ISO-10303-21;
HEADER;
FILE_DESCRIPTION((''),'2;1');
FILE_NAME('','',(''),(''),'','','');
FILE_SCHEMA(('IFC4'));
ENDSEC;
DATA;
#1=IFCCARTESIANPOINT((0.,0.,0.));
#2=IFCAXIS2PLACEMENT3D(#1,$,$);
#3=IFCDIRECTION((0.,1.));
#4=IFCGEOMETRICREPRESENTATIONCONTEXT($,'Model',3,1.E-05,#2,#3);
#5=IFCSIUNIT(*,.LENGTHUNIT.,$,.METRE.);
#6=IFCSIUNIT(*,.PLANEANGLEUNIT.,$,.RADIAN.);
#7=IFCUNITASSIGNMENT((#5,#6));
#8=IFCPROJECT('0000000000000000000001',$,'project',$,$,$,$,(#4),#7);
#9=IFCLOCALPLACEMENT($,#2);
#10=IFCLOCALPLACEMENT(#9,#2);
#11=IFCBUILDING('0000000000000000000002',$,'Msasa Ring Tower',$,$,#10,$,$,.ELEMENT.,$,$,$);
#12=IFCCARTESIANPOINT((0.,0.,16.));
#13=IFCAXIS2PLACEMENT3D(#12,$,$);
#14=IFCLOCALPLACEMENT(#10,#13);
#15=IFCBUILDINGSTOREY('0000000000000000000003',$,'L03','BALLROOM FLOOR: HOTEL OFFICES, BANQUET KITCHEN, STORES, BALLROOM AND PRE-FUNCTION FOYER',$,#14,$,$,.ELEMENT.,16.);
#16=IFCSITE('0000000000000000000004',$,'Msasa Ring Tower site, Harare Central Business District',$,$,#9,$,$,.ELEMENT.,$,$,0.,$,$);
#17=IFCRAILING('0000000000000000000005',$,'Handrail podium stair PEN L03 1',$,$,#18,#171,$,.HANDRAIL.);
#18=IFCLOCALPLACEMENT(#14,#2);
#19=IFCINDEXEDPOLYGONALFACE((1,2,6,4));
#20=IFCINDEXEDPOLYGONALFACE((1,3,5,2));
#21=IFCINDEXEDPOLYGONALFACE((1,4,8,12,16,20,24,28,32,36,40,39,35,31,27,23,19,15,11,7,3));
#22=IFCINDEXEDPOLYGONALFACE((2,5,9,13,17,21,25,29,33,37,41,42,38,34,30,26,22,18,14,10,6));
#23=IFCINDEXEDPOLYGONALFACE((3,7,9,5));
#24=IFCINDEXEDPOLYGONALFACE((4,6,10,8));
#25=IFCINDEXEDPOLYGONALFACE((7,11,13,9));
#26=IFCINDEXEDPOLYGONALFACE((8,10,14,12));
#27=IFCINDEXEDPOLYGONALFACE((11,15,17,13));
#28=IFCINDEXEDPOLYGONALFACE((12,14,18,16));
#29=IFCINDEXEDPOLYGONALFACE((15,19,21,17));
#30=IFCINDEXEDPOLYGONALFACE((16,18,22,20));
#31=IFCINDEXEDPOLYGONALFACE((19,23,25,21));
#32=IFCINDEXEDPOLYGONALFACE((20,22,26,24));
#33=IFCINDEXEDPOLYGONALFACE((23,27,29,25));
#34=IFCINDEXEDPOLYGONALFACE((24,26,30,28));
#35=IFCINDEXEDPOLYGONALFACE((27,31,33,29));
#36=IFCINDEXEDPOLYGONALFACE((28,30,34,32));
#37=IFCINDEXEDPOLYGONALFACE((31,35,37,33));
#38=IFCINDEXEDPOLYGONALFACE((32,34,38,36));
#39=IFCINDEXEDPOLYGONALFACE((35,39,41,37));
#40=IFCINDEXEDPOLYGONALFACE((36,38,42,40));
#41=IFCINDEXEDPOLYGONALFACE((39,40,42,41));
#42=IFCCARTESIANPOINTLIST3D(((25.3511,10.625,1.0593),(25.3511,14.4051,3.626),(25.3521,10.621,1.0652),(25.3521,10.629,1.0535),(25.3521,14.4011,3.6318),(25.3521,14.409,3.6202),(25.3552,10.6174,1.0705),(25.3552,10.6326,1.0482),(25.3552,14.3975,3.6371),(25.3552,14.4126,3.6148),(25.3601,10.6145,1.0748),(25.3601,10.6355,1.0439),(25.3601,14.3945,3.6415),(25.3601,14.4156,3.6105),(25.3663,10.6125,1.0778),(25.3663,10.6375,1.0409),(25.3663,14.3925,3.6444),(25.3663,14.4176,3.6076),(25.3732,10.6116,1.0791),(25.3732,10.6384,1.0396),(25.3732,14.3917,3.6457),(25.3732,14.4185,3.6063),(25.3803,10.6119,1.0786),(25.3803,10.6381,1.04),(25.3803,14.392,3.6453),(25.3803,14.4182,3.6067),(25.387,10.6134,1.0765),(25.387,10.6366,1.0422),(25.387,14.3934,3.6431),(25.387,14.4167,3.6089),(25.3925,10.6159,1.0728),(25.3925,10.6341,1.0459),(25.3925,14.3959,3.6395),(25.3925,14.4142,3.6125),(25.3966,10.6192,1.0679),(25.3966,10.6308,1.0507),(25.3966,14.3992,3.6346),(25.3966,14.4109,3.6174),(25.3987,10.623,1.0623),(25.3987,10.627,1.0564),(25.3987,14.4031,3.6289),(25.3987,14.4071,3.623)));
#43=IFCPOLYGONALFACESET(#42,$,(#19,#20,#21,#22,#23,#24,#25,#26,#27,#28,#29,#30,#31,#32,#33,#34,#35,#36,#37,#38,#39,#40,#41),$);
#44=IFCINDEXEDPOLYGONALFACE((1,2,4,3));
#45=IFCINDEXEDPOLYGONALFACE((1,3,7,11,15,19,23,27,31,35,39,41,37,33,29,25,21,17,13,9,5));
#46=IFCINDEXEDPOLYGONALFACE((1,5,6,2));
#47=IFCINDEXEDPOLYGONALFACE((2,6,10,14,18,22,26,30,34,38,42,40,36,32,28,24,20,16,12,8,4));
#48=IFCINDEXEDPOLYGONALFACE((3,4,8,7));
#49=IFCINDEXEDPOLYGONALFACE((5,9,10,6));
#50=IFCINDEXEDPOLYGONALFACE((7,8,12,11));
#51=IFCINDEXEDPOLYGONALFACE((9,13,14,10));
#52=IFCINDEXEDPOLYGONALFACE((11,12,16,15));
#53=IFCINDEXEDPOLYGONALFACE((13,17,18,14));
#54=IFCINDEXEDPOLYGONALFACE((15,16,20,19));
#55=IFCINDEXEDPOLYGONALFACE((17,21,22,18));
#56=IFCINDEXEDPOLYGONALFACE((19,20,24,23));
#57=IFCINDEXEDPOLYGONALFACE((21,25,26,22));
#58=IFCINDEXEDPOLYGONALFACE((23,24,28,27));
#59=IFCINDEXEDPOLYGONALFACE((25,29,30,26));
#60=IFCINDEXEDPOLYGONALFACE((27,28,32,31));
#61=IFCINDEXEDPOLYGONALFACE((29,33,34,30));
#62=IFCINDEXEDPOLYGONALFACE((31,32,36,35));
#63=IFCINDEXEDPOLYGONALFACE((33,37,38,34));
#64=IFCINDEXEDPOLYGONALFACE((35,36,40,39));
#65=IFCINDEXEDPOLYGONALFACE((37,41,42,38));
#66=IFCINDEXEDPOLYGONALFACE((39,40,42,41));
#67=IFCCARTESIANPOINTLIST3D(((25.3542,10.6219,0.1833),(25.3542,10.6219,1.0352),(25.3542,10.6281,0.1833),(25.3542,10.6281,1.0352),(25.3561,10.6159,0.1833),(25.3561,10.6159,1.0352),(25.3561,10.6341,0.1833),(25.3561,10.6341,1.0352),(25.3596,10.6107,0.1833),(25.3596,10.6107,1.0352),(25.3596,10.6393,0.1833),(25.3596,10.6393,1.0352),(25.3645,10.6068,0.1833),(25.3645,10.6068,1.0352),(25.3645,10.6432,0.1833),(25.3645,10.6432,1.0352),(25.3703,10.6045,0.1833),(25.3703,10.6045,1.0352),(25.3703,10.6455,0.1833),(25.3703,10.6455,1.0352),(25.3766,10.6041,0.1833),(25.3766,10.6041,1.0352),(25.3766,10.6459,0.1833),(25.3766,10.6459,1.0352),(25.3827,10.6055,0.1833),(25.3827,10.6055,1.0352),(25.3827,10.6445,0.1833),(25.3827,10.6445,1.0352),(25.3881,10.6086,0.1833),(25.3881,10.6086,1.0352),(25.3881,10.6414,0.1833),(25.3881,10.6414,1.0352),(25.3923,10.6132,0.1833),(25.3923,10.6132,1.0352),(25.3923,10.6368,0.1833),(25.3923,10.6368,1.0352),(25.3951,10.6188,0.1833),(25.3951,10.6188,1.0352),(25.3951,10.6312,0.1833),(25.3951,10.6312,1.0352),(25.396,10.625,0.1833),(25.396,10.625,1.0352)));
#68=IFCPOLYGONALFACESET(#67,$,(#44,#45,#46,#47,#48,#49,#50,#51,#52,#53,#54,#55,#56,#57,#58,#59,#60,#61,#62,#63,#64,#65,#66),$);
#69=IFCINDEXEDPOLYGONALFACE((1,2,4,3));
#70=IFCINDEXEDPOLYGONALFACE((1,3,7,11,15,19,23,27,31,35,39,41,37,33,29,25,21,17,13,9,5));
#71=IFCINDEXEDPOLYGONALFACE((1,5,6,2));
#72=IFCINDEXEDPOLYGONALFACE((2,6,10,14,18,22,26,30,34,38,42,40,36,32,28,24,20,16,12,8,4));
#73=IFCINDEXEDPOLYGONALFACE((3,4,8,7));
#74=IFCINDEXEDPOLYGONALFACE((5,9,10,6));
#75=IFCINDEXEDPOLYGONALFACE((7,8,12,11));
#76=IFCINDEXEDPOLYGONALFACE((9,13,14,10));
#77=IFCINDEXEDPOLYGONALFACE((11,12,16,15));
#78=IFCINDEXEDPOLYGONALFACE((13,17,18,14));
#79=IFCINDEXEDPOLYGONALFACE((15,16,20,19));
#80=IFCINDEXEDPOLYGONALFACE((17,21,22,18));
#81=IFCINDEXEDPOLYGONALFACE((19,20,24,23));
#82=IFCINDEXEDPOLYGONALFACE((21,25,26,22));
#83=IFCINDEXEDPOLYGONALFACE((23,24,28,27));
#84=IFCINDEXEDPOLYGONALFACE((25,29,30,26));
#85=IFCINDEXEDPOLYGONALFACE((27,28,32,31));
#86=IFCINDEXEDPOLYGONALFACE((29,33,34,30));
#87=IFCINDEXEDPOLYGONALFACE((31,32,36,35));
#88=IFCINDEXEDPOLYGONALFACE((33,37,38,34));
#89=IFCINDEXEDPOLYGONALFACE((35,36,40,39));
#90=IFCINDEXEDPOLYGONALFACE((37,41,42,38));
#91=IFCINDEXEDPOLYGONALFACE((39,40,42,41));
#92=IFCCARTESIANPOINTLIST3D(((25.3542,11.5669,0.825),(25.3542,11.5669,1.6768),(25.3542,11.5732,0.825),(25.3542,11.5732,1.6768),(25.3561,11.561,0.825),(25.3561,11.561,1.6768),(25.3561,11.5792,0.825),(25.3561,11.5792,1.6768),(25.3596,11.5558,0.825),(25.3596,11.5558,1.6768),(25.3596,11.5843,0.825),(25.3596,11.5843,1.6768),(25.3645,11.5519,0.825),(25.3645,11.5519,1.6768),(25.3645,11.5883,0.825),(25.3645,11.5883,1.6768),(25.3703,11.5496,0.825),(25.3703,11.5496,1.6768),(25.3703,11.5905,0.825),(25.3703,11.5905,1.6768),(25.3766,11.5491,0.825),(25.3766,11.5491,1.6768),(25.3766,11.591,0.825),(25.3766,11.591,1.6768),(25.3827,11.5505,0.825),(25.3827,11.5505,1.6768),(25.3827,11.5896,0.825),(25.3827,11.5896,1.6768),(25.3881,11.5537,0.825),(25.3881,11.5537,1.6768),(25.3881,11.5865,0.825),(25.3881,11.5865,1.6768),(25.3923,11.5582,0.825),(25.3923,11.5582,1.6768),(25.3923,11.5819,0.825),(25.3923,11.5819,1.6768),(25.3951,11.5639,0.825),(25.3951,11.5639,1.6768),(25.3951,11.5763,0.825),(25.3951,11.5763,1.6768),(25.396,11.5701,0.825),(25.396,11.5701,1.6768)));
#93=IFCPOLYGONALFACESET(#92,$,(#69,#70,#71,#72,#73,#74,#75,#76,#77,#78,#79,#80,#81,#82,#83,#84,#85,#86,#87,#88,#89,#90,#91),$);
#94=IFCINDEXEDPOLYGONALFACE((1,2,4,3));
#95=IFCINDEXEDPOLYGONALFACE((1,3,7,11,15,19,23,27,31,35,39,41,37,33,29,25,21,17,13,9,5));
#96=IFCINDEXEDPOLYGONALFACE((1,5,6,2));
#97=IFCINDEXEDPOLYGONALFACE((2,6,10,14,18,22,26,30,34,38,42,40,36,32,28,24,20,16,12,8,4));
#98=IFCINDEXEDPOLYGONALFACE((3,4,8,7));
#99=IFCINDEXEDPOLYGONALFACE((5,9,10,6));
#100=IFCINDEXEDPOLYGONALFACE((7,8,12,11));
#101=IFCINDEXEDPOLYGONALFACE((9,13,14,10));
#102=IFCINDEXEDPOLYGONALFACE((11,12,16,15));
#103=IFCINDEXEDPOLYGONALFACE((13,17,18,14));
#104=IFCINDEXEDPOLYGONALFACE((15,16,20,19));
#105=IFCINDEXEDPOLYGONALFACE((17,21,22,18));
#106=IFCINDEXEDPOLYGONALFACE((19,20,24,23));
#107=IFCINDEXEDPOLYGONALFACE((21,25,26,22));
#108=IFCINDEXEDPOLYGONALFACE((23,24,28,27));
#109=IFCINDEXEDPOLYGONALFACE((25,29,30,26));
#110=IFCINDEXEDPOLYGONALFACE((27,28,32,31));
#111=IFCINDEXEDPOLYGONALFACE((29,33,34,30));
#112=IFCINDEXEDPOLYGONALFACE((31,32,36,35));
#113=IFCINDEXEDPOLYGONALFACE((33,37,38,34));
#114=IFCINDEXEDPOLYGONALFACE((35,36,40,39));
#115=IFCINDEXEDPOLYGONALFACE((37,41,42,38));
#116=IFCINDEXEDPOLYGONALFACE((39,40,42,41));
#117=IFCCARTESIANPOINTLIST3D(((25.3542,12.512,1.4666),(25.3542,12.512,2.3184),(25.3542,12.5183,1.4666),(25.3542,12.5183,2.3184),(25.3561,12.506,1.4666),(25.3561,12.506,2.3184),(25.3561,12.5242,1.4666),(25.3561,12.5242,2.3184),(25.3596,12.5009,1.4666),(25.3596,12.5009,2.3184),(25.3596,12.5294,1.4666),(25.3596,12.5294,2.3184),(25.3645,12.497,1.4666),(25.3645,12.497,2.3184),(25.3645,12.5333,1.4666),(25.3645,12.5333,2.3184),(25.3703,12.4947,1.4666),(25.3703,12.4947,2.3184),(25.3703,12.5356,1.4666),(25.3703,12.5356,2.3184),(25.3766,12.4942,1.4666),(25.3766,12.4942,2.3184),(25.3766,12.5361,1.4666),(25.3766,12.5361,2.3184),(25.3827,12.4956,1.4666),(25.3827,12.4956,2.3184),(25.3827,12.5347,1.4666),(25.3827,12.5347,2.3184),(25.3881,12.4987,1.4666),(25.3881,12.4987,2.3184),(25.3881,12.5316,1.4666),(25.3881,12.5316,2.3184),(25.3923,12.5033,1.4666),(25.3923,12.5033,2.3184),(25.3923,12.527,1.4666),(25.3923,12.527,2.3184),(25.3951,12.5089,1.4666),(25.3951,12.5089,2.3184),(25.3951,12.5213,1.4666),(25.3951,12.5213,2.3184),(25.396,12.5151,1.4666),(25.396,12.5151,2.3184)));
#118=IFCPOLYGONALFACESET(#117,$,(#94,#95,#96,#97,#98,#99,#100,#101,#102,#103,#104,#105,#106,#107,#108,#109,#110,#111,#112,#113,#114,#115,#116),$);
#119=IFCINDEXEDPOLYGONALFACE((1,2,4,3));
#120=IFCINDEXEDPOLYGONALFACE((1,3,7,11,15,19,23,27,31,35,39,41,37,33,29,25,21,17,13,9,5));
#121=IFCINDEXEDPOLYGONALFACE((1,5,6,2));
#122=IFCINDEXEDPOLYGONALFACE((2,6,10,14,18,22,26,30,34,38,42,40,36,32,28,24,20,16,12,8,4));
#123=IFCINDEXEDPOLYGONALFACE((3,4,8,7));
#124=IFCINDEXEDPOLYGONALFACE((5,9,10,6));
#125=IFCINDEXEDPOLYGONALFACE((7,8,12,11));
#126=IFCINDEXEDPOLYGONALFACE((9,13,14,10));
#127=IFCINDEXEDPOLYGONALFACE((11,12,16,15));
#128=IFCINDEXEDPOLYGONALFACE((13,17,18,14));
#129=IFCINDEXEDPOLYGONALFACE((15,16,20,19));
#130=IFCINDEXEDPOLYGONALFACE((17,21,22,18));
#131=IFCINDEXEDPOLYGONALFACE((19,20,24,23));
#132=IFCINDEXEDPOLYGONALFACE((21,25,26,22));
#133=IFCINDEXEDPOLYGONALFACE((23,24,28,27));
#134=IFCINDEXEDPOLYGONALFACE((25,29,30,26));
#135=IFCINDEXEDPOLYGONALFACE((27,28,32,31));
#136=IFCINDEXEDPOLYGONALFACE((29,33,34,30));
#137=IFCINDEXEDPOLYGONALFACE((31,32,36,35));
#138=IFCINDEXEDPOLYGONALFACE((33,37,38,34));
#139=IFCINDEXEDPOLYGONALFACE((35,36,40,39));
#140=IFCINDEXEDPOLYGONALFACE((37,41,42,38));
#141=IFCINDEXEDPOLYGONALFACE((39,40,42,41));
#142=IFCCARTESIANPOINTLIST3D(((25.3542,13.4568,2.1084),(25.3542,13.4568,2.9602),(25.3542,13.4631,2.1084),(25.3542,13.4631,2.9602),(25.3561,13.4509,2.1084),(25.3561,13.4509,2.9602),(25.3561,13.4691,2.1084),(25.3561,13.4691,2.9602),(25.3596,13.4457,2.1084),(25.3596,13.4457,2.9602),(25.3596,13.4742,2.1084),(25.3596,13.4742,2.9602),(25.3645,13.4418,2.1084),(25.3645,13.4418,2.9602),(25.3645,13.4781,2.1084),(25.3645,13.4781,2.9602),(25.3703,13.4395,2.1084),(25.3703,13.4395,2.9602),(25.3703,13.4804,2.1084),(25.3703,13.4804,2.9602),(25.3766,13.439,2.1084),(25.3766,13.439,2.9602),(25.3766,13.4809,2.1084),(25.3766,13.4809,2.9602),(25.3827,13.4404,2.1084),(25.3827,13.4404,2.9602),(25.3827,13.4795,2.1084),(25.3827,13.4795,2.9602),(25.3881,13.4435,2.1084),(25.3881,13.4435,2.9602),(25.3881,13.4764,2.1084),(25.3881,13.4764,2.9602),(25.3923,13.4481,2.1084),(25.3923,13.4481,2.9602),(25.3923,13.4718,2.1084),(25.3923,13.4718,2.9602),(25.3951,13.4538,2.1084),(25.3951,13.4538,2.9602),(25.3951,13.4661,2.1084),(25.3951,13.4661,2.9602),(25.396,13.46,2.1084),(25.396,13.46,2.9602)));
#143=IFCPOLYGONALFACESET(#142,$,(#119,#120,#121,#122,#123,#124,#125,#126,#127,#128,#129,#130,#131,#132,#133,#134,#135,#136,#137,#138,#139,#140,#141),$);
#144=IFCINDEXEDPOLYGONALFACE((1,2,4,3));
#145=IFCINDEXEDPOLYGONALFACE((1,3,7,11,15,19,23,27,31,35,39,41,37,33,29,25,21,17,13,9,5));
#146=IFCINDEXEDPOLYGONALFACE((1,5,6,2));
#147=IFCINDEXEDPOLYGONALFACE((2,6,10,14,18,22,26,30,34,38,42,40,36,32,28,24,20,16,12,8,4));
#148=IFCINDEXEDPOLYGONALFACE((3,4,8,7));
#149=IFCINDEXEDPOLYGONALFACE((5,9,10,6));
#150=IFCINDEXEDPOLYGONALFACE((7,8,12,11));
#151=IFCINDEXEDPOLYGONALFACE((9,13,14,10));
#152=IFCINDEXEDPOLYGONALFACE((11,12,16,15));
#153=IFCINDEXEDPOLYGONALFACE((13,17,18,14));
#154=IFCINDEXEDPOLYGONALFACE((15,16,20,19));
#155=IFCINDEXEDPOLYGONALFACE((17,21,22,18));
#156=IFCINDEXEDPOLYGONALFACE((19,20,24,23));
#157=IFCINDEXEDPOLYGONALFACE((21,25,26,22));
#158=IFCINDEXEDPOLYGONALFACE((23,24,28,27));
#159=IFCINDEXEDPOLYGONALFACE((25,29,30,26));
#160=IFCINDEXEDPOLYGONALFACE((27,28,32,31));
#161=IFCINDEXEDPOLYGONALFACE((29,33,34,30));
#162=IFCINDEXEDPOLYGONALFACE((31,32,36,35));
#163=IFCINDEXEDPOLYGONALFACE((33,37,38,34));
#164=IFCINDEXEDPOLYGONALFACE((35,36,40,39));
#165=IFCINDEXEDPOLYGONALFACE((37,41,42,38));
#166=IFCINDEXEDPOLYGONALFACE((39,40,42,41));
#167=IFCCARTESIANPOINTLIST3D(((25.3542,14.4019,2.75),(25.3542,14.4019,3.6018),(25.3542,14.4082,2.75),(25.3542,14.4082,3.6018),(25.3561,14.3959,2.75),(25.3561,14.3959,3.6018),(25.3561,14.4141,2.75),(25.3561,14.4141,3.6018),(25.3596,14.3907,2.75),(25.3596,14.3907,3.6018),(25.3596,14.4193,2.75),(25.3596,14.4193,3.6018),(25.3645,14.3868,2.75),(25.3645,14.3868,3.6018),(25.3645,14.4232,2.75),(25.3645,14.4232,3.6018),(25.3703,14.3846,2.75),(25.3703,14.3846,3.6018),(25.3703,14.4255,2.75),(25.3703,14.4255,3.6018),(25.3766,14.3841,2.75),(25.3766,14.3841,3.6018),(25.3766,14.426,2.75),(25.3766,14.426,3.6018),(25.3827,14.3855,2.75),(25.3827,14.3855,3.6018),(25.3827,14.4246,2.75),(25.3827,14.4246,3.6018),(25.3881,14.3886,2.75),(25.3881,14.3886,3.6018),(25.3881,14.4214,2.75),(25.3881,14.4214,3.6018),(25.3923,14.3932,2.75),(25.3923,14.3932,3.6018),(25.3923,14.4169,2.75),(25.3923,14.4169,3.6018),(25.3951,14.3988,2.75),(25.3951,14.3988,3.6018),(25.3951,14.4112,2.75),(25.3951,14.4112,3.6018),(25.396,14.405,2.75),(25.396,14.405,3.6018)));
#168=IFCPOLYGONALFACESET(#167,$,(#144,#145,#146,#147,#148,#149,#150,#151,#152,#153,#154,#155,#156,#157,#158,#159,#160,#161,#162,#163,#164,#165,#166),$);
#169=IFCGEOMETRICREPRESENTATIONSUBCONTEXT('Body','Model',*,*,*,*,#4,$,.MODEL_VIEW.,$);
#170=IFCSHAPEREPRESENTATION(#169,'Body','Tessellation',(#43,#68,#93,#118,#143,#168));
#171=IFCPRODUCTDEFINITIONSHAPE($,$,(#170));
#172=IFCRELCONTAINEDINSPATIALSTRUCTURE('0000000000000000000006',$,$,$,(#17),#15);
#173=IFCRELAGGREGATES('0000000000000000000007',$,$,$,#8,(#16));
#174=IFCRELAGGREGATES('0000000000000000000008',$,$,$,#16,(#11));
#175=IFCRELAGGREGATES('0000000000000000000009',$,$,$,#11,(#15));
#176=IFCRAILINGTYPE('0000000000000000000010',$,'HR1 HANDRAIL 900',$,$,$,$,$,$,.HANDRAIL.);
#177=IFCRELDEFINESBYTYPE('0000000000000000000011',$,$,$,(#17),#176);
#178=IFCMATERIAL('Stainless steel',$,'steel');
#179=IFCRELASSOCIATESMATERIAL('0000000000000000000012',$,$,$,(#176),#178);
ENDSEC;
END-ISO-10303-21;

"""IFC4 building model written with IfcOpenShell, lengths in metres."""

from ifc_helpers import new_model, si_unit, direction, frame, origin, origin_2d, place, context, subcontext, project, spatial, circle, extrude, material, type_object, element, save


model = new_model("IFC4")

# Units and contexts
model_context = context("Model", 3, precision=1e-05, world=origin(), true_north=direction((0.0, 1.0)))
body_context = subcontext(model_context, "Body", "Model", "MODEL_VIEW")
ifc_project = project(units=[si_unit("LENGTHUNIT", "METRE"), si_unit("PLANEANGLEUNIT", "RADIAN")], contexts=[model_context])

# Site, building, storey
site_placement = place(None, origin())
site = spatial("IfcSite", under=ifc_project, at=site_placement, Name="Msasa Ring Tower site, Harare Central Business District", CompositionType="ELEMENT", RefElevation=0.0)
building_placement = place(site_placement, origin())
building = spatial("IfcBuilding", under=site, at=building_placement, Name="Msasa Ring Tower", CompositionType="ELEMENT")
storey_placement = place(building_placement, frame((0.0, 0.0, 16.0)))
storey = spatial("IfcBuildingStorey", under=building, at=storey_placement, Name="L03", Description="BALLROOM FLOOR: HOTEL OFFICES, BANQUET KITCHEN, STORES, BALLROOM AND PRE-FUNCTION FOYER", CompositionType="ELEMENT", Elevation=16.0)

# Railing
ifc_material_1 = material(Name="Stainless steel", Category="steel")
railing_type = type_object("IfcRailingType", Name="HR1 HANDRAIL 900", PredefinedType="HANDRAIL", material=ifc_material_1)
for number, where, name in (
    (1, (25.375, 10.625, 0.1833), "Handrail podium stair PEN L03 1"),
):
    element("IfcRailing", number, at=place(storey_placement, frame(where)), inside=storey, type_object=railing_type, Name=name, PredefinedType="HANDRAIL", context=body_context, shape_type="SweptSolid", body=[
        extrude(circle(Radius=0.0239, at=origin_2d()), frame((0.0, 0.0, 0.876), z_axis=(0.0, 0.82731, 0.561746), x_axis=(-1.0, 0.0, 0.0)), (0.0, 0.0, 1.0), 4.5691),
        extrude(circle(Radius=0.021, at=origin_2d()), origin(), (0.0, 0.0, 1.0), 0.8518),
        extrude(circle(Radius=0.021, at=origin_2d()), frame((0.0, 0.9451, 0.6416)), (0.0, 0.0, 1.0), 0.8518),
        extrude(circle(Radius=0.021, at=origin_2d()), frame((0.0, 1.8901, 1.2832)), (0.0, 0.0, 1.0), 0.8518),
        extrude(circle(Radius=0.021, at=origin_2d()), frame((0.0, 2.835, 1.925)), (0.0, 0.0, 1.0), 0.8518),
        extrude(circle(Radius=0.021, at=origin_2d()), frame((0.0, 3.78, 2.5667)), (0.0, 0.0, 1.0), 0.8518),
    ])

save(model, "model.ifc")
